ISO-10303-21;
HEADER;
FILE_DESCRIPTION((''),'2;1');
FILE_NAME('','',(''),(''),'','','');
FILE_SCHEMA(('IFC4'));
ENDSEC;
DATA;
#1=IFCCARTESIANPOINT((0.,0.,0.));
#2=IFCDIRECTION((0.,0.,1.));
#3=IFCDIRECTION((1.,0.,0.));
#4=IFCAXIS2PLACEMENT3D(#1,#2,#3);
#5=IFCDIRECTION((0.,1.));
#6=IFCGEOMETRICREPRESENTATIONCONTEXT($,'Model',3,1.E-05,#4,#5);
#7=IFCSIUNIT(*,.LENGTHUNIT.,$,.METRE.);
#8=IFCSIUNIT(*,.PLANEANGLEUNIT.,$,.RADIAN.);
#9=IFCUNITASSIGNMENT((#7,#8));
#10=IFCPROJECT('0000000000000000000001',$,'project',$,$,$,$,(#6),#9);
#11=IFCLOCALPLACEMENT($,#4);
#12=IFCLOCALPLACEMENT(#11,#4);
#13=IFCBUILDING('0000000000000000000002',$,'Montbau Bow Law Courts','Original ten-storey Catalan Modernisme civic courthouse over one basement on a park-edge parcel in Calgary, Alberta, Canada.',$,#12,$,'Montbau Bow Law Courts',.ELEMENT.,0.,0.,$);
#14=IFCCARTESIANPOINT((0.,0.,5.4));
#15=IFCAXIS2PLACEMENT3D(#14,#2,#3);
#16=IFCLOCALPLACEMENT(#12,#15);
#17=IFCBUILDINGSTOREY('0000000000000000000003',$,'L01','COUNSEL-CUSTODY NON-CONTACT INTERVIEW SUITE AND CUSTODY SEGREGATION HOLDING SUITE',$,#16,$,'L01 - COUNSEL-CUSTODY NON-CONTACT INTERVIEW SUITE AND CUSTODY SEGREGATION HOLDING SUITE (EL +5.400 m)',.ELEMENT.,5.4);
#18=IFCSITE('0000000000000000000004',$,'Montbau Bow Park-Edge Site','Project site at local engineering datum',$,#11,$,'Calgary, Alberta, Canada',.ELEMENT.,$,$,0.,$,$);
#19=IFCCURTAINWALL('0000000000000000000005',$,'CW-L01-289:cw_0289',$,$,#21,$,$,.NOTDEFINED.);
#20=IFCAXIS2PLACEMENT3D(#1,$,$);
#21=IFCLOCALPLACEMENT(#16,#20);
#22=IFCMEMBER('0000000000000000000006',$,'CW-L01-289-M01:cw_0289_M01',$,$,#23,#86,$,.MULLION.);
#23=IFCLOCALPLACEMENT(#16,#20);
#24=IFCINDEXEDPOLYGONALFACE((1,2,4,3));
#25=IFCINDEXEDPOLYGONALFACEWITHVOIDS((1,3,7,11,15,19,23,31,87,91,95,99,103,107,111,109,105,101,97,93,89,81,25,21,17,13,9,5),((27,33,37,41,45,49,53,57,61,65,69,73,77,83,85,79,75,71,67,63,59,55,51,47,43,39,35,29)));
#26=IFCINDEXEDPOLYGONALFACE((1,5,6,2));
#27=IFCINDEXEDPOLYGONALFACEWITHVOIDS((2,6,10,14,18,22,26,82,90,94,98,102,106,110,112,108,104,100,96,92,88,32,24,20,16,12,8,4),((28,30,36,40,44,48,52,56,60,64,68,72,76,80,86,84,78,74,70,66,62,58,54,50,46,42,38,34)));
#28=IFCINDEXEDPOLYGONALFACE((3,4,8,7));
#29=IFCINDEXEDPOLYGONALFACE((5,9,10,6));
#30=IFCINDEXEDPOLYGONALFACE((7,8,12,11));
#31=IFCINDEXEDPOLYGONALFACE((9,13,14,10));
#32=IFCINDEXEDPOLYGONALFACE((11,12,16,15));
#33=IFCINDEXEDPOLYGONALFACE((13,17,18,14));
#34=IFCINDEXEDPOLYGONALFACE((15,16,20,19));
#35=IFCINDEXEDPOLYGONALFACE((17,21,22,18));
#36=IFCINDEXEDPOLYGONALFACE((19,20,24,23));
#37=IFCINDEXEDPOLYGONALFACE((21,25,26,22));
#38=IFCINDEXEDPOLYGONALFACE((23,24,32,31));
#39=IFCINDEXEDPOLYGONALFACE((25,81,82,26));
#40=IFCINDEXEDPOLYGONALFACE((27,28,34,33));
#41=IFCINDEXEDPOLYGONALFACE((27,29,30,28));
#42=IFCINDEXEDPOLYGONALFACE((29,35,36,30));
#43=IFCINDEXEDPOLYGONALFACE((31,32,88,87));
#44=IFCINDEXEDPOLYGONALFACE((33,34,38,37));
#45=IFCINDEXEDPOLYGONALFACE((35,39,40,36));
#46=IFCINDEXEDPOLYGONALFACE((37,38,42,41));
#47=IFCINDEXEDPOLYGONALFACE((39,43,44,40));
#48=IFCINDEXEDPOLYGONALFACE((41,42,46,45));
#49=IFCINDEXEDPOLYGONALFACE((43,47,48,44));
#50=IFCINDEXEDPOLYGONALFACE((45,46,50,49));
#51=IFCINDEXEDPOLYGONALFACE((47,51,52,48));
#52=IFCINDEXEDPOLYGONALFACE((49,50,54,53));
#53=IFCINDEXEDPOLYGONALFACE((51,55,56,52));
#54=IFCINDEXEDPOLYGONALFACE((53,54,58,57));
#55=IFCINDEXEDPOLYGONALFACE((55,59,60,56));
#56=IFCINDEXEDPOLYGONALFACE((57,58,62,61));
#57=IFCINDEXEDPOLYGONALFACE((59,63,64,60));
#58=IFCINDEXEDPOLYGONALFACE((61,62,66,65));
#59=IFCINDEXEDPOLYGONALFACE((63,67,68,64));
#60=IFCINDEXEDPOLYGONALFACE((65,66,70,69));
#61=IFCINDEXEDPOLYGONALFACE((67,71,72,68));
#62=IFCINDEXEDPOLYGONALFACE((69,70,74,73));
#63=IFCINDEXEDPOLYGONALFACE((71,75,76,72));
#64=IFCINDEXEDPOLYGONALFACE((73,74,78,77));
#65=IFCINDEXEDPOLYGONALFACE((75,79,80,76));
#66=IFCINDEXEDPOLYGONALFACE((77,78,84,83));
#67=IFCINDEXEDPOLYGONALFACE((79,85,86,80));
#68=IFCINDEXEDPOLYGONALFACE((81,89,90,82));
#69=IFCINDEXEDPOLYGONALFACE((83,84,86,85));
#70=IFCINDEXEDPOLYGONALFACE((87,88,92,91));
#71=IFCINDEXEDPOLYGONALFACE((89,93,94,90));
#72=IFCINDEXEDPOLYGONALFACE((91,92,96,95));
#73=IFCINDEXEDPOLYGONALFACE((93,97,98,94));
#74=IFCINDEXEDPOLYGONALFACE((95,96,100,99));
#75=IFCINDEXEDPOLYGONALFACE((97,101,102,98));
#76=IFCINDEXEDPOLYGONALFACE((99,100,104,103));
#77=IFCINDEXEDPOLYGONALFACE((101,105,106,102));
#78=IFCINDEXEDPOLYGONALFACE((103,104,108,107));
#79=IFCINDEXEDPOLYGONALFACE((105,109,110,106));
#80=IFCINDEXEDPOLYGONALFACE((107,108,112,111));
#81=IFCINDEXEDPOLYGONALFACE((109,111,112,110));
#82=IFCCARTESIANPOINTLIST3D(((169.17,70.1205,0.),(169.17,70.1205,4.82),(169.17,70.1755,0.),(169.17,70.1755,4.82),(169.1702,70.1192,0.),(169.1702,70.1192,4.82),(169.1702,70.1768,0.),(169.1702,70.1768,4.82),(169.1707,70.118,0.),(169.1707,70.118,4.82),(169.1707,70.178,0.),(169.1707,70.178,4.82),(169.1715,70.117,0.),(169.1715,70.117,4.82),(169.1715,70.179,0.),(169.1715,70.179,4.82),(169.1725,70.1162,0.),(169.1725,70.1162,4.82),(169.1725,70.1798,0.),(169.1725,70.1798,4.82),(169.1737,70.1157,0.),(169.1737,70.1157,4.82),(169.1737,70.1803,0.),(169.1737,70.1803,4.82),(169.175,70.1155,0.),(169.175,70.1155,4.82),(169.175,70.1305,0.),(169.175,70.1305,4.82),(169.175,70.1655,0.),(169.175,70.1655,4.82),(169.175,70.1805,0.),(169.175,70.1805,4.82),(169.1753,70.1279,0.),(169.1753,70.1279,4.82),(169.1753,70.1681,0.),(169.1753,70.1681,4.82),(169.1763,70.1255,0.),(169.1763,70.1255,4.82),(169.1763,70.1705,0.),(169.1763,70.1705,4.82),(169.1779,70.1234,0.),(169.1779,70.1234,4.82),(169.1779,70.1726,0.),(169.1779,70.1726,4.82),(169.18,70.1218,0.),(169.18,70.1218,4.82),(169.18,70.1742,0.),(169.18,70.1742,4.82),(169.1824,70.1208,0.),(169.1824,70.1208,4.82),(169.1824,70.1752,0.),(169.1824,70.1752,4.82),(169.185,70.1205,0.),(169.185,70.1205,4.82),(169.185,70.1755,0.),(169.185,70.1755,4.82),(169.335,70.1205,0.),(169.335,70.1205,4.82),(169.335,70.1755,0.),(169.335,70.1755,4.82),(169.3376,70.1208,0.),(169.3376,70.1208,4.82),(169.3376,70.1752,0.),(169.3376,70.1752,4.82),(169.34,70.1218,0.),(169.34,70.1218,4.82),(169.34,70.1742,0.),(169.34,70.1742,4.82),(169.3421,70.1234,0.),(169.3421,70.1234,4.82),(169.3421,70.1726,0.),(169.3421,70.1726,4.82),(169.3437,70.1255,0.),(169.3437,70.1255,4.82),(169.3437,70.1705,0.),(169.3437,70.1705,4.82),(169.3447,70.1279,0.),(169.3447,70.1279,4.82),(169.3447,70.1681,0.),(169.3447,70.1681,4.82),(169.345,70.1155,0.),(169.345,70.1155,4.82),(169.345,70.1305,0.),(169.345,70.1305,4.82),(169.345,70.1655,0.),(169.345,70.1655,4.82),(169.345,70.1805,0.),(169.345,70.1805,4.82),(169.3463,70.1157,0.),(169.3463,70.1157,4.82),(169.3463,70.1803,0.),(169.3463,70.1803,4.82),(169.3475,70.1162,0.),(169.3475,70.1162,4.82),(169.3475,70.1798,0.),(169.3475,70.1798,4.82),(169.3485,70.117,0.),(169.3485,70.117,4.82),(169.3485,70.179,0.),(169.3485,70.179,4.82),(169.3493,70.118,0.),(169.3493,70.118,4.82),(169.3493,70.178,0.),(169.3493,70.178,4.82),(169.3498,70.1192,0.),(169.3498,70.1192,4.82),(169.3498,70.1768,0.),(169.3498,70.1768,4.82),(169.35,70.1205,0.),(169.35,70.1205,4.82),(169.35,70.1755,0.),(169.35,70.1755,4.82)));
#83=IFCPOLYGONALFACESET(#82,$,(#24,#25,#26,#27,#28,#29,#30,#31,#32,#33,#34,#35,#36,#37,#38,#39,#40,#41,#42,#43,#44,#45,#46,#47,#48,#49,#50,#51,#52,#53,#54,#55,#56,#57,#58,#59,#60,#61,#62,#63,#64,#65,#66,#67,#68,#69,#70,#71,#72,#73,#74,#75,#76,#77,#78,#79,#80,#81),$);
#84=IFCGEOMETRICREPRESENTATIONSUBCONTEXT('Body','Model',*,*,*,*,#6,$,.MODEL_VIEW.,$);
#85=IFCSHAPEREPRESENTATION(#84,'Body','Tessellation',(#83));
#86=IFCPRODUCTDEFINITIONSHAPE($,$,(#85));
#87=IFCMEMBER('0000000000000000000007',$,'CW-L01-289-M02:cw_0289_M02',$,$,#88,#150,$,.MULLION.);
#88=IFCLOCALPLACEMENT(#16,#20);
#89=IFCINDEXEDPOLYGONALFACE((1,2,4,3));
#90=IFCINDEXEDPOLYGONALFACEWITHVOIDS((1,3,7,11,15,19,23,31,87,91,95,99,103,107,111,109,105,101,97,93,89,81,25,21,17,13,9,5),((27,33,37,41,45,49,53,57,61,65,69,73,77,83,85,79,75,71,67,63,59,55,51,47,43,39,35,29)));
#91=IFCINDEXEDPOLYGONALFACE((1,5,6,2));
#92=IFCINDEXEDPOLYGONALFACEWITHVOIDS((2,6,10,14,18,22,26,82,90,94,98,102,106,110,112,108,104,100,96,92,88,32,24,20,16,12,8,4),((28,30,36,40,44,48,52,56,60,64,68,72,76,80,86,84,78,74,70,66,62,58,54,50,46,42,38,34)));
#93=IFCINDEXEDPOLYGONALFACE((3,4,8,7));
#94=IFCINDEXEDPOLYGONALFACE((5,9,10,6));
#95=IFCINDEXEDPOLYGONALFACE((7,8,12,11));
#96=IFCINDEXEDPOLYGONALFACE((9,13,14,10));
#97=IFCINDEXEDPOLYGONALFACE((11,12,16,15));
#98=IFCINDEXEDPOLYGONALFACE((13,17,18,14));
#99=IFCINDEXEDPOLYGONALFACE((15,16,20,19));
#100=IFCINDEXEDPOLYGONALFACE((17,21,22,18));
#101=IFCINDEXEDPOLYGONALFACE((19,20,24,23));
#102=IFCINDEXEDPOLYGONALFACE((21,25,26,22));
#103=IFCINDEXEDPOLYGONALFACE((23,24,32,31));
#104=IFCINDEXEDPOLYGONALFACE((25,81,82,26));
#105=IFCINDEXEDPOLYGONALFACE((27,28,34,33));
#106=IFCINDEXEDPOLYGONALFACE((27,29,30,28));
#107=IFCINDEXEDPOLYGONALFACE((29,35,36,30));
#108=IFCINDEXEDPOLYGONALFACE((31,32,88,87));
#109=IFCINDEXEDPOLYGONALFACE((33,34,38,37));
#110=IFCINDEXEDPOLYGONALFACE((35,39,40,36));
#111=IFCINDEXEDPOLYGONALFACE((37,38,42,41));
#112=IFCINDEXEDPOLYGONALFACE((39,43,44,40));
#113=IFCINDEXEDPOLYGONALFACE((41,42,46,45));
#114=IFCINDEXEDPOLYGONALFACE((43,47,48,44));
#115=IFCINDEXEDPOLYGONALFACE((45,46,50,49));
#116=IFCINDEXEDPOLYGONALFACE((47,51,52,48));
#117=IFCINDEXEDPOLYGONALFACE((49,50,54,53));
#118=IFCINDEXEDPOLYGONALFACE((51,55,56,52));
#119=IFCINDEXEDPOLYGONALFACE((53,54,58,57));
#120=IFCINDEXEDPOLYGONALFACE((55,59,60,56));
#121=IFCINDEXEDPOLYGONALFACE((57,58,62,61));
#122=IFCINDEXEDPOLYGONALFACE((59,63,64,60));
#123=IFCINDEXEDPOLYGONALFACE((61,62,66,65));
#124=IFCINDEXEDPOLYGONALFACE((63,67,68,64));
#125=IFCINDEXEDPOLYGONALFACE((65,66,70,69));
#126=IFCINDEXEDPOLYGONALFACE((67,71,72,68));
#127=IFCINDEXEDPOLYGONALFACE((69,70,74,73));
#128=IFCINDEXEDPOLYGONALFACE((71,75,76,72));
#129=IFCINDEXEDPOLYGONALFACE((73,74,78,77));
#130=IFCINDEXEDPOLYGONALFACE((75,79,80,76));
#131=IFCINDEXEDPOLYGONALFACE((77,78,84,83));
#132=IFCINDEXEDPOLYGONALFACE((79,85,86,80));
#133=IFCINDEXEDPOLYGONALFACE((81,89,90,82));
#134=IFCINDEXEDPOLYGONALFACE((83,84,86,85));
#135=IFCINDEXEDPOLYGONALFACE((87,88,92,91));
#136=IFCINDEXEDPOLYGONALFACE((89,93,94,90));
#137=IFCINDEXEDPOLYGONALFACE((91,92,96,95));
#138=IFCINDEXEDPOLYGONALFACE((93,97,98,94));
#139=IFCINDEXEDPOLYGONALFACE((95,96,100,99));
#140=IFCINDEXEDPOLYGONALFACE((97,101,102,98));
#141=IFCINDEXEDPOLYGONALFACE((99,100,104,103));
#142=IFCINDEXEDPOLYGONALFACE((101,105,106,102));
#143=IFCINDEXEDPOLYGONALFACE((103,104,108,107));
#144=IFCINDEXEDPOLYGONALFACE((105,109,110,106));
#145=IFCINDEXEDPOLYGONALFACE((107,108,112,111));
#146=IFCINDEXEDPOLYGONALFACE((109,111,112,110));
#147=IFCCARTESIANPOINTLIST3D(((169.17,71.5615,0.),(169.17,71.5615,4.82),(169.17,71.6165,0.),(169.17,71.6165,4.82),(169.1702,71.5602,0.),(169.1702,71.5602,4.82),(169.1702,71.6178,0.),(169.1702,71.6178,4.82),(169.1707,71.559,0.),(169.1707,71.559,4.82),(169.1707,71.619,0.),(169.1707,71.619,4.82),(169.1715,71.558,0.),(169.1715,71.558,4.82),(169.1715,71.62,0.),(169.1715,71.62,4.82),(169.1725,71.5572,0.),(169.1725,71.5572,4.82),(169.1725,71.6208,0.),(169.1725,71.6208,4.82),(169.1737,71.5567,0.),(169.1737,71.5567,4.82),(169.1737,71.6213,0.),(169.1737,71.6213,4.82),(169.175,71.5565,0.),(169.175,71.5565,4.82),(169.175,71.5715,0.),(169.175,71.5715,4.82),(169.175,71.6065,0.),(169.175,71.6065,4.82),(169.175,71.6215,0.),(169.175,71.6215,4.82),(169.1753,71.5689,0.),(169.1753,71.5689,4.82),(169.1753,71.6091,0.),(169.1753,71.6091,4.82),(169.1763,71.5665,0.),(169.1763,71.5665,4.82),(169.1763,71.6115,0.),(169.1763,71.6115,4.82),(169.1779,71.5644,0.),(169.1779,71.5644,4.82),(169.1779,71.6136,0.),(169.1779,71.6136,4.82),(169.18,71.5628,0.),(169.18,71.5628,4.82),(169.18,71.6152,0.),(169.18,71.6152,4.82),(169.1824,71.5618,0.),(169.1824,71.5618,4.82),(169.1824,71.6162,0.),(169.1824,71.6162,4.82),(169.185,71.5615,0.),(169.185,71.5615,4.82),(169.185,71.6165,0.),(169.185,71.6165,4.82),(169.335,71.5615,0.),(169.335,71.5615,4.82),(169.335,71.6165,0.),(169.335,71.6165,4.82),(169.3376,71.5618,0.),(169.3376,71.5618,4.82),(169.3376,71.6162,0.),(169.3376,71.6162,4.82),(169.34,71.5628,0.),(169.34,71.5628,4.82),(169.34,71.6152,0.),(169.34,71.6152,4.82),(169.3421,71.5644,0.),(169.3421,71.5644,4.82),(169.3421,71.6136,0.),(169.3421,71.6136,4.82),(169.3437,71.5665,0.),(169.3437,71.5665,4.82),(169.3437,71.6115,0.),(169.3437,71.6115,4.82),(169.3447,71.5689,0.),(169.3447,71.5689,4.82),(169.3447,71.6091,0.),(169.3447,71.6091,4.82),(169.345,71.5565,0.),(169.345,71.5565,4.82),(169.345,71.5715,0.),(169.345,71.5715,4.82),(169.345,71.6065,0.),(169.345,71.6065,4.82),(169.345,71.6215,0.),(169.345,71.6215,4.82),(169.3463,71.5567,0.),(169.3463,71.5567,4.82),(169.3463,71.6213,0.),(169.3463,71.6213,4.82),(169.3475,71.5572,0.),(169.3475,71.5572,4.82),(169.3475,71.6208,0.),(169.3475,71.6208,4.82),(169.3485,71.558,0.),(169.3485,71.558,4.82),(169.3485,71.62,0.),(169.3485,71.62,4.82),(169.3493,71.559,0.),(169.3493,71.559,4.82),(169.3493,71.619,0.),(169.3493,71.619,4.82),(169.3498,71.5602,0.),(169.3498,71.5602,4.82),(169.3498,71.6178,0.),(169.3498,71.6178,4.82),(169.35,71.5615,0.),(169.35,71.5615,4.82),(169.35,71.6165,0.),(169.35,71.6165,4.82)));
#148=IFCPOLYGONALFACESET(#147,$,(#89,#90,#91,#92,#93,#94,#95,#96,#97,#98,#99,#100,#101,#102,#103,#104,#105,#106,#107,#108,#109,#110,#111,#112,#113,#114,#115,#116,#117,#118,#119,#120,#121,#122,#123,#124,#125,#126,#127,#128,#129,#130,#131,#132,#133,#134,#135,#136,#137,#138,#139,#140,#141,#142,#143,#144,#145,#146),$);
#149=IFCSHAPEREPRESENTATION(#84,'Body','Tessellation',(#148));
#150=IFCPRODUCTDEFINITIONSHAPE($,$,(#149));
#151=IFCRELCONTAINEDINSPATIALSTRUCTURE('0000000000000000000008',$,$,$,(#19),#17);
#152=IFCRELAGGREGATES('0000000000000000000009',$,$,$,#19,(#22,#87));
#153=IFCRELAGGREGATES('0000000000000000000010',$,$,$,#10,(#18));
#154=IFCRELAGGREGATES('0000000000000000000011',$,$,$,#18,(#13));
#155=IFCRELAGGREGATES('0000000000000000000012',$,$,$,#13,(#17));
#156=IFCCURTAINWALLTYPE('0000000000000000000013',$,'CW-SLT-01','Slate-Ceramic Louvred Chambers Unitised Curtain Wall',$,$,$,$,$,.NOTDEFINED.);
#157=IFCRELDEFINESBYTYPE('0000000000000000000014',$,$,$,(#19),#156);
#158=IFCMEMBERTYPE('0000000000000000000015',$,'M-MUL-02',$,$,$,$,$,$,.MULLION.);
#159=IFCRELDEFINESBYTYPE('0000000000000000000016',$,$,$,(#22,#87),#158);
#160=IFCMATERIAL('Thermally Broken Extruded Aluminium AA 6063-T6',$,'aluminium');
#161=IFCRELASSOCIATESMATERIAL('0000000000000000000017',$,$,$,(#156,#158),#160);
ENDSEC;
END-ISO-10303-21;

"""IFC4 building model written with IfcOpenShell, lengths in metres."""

from ifc_helpers import new_model, si_unit, direction, frame, origin_with_axes, origin_2d_with_axis, place, context, subcontext, project, spatial, hollow_rectangle, extrude, material, material_profile, profile_set, type_object, element, aggregate, save


model = new_model("IFC4")

# Units and contexts
model_context = context("Model", 3, precision=1e-05, world=origin_with_axes(), true_north=direction((0.0, 1.0)))
body_context = subcontext(model_context, "Body", "Model", "MODEL_VIEW")
ifc_project = project(units=[si_unit("LENGTHUNIT", "METRE"), si_unit("PLANEANGLEUNIT", "RADIAN")], contexts=[model_context])

# Site, building, storey
site_placement = place(None, origin_with_axes())
site = spatial("IfcSite", under=ifc_project, at=site_placement, Name="Montbau Bow Park-Edge Site", Description="Project site at local engineering datum", LongName="Calgary, Alberta, Canada", CompositionType="ELEMENT", RefElevation=0.0)
building_placement = place(site_placement, origin_with_axes())
building = spatial("IfcBuilding", under=site, at=building_placement, Name="Montbau Bow Law Courts", Description="Original ten-storey Catalan Modernisme civic courthouse over one basement on a park-edge parcel in Calgary, Alberta, Canada.", LongName="Montbau Bow Law Courts", CompositionType="ELEMENT", ElevationOfRefHeight=0.0, ElevationOfTerrain=0.0)
storey_placement = place(building_placement, frame((0.0, 0.0, 5.4), z_axis=(0.0, 0.0, 1.0), x_axis=(1.0, 0.0, 0.0)))
storey = spatial("IfcBuildingStorey", under=building, at=storey_placement, Name="L01", Description="COUNSEL-CUSTODY NON-CONTACT INTERVIEW SUITE AND CUSTODY SEGREGATION HOLDING SUITE", LongName="L01 - COUNSEL-CUSTODY NON-CONTACT INTERVIEW SUITE AND CUSTODY SEGREGATION HOLDING SUITE (EL +5.400 m)", CompositionType="ELEMENT", Elevation=5.4)

# Shared definitions
ifc_material_1 = material(Name="Thermally Broken Extruded Aluminium AA 6063-T6", Category="aluminium")
curtain_wall_type = type_object("IfcCurtainWallType", Name="CW-SLT-01", Description="Slate-Ceramic Louvred Chambers Unitised Curtain Wall", PredefinedType="NOTDEFINED", material=ifc_material_1)
ifc_material_profile_1 = material_profile(ifc_material_1, hollow_rectangle(XDim=0.065, YDim=0.18, WallThickness=0.005, InnerFilletRadius=0.01, OuterFilletRadius=0.005, at=origin_2d_with_axis()), Name="CWM-180X65", Category="Main", Priority=0)
ifc_profile_set_1 = profile_set([ifc_material_profile_1], Name="Thermally Broken Extruded Aluminium AA 6063-T6")
member_type_1 = type_object("IfcMemberType", Name="M-MUL-02", PredefinedType="MULLION", material=ifc_profile_set_1)

# Curtain wall, members
curtain_wall_1_placement = place(None, frame((169.26, 70.115, 5.4), z_axis=(0.0, 0.0, 1.0), x_axis=(1.0, 0.0, 0.0)))
curtain_wall_1 = element("IfcCurtainWall", 1, at=curtain_wall_1_placement, inside=storey, type_object=curtain_wall_type, Name="CW-L01-289:cw_0289", PredefinedType="NOTDEFINED")
member_1_placement = place(None, frame((169.26, 70.148, 5.4), z_axis=(0.0, 0.0, 1.0), x_axis=(0.0, 1.0, 0.0)))
member_1 = element("IfcMember", 2, at=member_1_placement, type_object=member_type_1, Name="CW-L01-289-M01:cw_0289_M01", PredefinedType="MULLION", context=body_context, shape_type="SweptSolid", body=[
    extrude(hollow_rectangle(XDim=0.065, YDim=0.18, WallThickness=0.005, InnerFilletRadius=0.01, OuterFilletRadius=0.005, at=origin_2d_with_axis()), origin_with_axes(), (0.0, 0.0, 1.0), 4.82),
])
member_2_placement = place(None, frame((169.26, 71.589, 5.4), z_axis=(0.0, 0.0, 1.0), x_axis=(0.0, 1.0, 0.0)))
member_2 = element("IfcMember", 3, at=member_2_placement, type_object=member_type_1, Name="CW-L01-289-M02:cw_0289_M02", PredefinedType="MULLION", context=body_context, shape_type="SweptSolid", body=[
    extrude(hollow_rectangle(XDim=0.065, YDim=0.18, WallThickness=0.005, InnerFilletRadius=0.01, OuterFilletRadius=0.005, at=origin_2d_with_axis()), origin_with_axes(), (0.0, 0.0, 1.0), 4.82),
])
aggregate(curtain_wall_1, [member_1, member_2])

save(model, "model.ifc")
